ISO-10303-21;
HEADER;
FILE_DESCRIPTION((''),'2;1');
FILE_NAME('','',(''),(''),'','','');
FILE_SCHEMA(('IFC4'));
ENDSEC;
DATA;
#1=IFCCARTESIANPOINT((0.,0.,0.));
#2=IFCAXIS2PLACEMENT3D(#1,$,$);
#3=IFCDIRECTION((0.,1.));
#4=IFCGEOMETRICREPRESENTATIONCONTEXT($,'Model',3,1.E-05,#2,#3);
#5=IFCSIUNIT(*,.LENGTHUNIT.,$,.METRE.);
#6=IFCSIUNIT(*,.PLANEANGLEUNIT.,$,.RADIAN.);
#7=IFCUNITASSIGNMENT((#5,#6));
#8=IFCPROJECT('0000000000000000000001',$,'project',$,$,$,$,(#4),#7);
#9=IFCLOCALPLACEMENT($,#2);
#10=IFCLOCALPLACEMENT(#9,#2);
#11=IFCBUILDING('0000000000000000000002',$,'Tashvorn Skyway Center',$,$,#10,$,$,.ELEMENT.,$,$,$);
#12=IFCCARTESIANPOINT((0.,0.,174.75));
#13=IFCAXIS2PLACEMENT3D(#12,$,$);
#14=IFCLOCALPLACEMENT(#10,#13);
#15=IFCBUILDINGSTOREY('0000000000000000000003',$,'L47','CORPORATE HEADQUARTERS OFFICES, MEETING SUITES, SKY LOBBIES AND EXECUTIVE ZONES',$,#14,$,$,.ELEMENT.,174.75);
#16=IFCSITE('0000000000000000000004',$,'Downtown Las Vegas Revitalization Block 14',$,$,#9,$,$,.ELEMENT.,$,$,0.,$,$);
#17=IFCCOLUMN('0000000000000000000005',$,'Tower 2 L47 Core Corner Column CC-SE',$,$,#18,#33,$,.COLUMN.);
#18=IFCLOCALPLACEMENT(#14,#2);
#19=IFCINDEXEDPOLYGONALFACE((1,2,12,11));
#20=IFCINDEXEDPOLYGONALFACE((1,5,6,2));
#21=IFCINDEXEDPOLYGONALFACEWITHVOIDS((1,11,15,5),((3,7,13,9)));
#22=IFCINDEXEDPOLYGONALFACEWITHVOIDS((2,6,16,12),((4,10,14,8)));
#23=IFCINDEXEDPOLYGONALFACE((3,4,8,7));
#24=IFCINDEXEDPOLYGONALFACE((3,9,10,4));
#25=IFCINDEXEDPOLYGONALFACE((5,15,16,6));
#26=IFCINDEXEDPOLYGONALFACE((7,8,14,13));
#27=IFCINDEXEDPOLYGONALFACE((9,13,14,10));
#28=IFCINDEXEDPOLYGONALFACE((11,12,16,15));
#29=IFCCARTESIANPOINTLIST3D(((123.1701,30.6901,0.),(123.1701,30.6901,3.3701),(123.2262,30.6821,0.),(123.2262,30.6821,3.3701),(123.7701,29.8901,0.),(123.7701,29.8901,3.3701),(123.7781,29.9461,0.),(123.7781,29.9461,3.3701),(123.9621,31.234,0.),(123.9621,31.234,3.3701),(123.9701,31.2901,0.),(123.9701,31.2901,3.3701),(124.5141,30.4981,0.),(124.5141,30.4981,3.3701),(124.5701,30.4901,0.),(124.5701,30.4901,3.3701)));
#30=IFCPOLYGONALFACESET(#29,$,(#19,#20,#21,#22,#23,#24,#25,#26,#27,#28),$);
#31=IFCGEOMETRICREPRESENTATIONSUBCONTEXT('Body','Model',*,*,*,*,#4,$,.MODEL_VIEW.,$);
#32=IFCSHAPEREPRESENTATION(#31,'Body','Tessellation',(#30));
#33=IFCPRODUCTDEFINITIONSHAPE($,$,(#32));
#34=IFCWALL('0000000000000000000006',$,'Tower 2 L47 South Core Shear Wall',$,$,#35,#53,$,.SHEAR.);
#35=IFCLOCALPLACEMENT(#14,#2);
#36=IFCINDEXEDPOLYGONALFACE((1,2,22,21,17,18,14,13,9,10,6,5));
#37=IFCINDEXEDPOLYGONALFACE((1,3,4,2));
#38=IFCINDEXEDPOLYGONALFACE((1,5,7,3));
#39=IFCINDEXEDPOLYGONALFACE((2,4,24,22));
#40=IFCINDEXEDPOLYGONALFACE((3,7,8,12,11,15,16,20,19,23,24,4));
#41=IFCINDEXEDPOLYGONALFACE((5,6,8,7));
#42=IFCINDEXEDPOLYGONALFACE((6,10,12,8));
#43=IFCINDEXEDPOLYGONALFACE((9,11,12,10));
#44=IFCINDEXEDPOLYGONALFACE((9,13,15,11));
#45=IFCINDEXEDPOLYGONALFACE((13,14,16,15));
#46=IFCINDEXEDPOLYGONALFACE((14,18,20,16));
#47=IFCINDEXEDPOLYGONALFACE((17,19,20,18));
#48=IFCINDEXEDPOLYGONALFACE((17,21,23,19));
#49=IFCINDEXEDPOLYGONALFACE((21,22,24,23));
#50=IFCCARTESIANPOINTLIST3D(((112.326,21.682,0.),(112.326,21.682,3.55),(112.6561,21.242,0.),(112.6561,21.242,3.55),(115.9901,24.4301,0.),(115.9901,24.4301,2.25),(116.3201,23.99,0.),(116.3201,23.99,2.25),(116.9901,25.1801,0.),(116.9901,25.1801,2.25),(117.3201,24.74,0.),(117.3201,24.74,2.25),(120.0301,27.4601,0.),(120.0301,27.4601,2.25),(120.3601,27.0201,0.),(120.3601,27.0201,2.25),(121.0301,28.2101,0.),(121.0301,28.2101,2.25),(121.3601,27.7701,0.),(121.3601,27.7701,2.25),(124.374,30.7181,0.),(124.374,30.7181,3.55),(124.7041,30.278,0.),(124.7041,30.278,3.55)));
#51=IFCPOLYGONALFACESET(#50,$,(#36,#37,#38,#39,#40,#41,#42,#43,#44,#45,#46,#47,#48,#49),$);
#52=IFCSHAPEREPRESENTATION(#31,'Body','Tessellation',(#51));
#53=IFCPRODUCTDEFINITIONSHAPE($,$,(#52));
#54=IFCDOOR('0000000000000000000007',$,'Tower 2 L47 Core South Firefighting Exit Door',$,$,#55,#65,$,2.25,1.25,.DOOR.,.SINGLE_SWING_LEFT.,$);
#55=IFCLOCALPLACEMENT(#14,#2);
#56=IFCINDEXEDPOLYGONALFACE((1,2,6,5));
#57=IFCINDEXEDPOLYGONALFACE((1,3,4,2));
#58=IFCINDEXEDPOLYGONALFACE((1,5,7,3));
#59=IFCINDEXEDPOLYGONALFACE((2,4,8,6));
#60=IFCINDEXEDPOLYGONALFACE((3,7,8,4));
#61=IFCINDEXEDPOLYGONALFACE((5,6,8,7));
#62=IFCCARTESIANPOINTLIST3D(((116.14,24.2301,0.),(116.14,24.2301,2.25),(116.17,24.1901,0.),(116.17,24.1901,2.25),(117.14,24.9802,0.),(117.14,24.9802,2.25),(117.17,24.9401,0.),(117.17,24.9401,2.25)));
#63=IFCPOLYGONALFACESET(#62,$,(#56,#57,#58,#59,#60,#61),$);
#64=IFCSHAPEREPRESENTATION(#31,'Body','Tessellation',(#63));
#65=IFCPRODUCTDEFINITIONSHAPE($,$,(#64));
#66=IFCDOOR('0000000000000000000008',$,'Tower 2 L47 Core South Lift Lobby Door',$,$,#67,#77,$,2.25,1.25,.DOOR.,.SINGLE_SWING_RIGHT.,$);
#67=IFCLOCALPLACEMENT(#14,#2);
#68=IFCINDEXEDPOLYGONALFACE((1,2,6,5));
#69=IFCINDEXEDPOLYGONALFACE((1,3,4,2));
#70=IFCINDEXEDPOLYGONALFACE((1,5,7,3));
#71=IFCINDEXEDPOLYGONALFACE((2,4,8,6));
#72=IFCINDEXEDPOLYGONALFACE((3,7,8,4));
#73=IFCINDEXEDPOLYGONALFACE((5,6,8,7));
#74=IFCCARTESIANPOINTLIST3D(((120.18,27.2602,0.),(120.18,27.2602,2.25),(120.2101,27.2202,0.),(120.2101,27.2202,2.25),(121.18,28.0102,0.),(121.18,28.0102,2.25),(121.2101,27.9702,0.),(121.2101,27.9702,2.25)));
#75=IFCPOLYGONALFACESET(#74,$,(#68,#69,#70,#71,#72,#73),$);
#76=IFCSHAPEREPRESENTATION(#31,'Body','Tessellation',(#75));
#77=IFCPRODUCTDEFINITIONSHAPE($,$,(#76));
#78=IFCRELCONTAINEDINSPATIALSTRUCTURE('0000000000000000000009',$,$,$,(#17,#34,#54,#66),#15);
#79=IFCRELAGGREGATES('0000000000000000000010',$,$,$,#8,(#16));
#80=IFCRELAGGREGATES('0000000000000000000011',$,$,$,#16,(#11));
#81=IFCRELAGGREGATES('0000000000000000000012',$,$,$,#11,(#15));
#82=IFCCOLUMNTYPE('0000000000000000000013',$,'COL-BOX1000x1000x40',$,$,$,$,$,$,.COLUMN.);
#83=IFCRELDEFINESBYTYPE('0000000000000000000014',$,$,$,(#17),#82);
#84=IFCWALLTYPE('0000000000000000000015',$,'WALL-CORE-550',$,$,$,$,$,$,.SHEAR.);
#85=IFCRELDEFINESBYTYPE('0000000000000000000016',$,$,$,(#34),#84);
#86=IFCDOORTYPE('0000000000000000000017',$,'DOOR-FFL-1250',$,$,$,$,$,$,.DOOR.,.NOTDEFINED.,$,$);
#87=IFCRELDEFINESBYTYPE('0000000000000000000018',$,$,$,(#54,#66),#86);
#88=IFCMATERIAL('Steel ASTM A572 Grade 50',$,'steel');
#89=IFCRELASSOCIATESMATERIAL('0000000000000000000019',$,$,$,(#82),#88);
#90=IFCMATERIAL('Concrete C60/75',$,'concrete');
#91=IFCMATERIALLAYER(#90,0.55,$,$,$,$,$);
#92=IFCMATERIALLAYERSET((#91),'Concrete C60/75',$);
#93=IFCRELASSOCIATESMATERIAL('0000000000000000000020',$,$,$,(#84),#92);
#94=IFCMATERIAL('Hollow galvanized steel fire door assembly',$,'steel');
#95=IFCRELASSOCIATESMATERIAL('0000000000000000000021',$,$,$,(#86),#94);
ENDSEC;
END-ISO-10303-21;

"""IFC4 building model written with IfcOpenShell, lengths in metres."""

from ifc_helpers import new_model, si_unit, direction, frame, frame_2d, origin, origin_2d, place, context, subcontext, project, spatial, rectangle, hollow_rectangle, extrude, material, layer, layer_set, material_profile, profile_set, type_object, element, fill, save


model = new_model("IFC4")

# Units and contexts
model_context = context("Model", 3, precision=1e-05, world=origin(), true_north=direction((0.0, 1.0)))
body_context = subcontext(model_context, "Body", "Model", "MODEL_VIEW")
ifc_project = project(units=[si_unit("LENGTHUNIT", "METRE"), si_unit("PLANEANGLEUNIT", "RADIAN")], contexts=[model_context])

# Site, building, storey
site_placement = place(None, origin())
site = spatial("IfcSite", under=ifc_project, at=site_placement, Name="Downtown Las Vegas Revitalization Block 14", CompositionType="ELEMENT", RefElevation=0.0)
building_placement = place(site_placement, origin())
building = spatial("IfcBuilding", under=site, at=building_placement, Name="Tashvorn Skyway Center", CompositionType="ELEMENT")
storey_placement = place(building_placement, frame((0.0, 0.0, 174.75)))
storey = spatial("IfcBuildingStorey", under=building, at=storey_placement, Name="L47", Description="CORPORATE HEADQUARTERS OFFICES, MEETING SUITES, SKY LOBBIES AND EXECUTIVE ZONES", CompositionType="ELEMENT", Elevation=174.75)

# Column
ifc_material_1 = material(Name="Steel ASTM A572 Grade 50", Category="steel")
ifc_material_profile = material_profile(ifc_material_1, hollow_rectangle(XDim=1.0, YDim=1.0, WallThickness=0.04, at=origin_2d()), Name="BOX1000x1000x40")
ifc_profile_set = profile_set([ifc_material_profile], Name="Steel ASTM A572 Grade 50")
column_type = type_object("IfcColumnType", Name="COL-BOX1000x1000x40", PredefinedType="COLUMN", material=ifc_profile_set)
column_placement = place(storey_placement, frame((123.8701, 30.5901, 0.0), z_axis=(0.0, 0.0, 1.0), x_axis=(0.8, 0.6, 0.0)))
element("IfcColumn", 1, at=column_placement, inside=storey, type_object=column_type, Name="Tower 2 L47 Core Corner Column CC-SE", PredefinedType="COLUMN", context=body_context, shape_type="SweptSolid", body=[
    extrude(hollow_rectangle(XDim=1.0, YDim=1.0, WallThickness=0.04, at=origin_2d()), origin(), (0.0, 0.0, 1.0), 3.3701),
])

# Wall, openings, doors
ifc_material_2 = material(Name="Concrete C60/75", Category="concrete")
ifc_layer_1 = layer(ifc_material_2, 0.55)
ifc_layer_set_1 = layer_set([ifc_layer_1], Name="Concrete C60/75")
wall_type_1 = type_object("IfcWallType", Name="WALL-CORE-550", PredefinedType="SHEAR", material=ifc_layer_set_1)
wall_1_placement = place(storey_placement, frame((124.5391, 30.498, 0.0), z_axis=(0.0, 0.0, 1.0), x_axis=(-0.799998, -0.600003, 0.0)))
wall_1 = element("IfcWall", 2, at=wall_1_placement, inside=storey, type_object=wall_type_1, Name="Tower 2 L47 South Core Shear Wall", PredefinedType="SHEAR", context=body_context, shape_type="SweptSolid", body=[
    extrude(rectangle(XDim=15.0601, YDim=0.55, at=frame_2d((7.53, 0.0))), origin(), (0.0, 0.0, 1.0), 3.55),
])
opening_1_placement = place(wall_1_placement, frame((9.23, 0.0, 0.0)))
opening_1 = element("IfcOpeningElement", 3, at=opening_1_placement, cuts=wall_1, PredefinedType="OPENING", context=body_context, shape_type="SweptSolid", body=[
    extrude(rectangle(XDim=1.25, YDim=2.25, at=frame_2d((0.625, 1.125))), frame((0.0, 0.2849, 0.0), z_axis=(0.0, -1.0, 0.0), x_axis=(1.0, 0.0, 0.0)), (0.0, 0.0, 1.0), 0.5701),
])
opening_2_placement = place(wall_1_placement, frame((4.1799, 0.0, 0.0)))
opening_2 = element("IfcOpeningElement", 4, at=opening_2_placement, cuts=wall_1, PredefinedType="OPENING", context=body_context, shape_type="SweptSolid", body=[
    extrude(rectangle(XDim=1.25, YDim=2.25, at=frame_2d((0.625, 1.125))), frame((0.0, 0.2849, 0.0), z_axis=(0.0, -1.0, 0.0), x_axis=(1.0, 0.0, 0.0)), (0.0, 0.0, 1.0), 0.5701),
])
ifc_material_3 = material(Name="Hollow galvanized steel fire door assembly", Category="steel")
door_type_1 = type_object("IfcDoorType", Name="DOOR-FFL-1250", OperationType="NOTDEFINED", PredefinedType="DOOR", material=ifc_material_3)
door_1_placement = place(opening_1_placement, origin())
door_1 = element("IfcDoor", 5, at=door_1_placement, inside=storey, type_object=door_type_1, Name="Tower 2 L47 Core South Firefighting Exit Door", OperationType="SINGLE_SWING_LEFT", OverallHeight=2.25, OverallWidth=1.25, PredefinedType="DOOR", context=body_context, shape_type="SweptSolid", body=[
    extrude(rectangle(XDim=1.25, YDim=2.25, at=frame_2d((0.625, 1.125))), frame((0.0, 0.0249, 0.0), z_axis=(0.0, -1.0, 0.0), x_axis=(1.0, 0.0, 0.0)), (0.0, 0.0, 1.0), 0.05),
])
fill(opening_1, door_1)
door_2_placement = place(opening_2_placement, origin())
door_2 = element("IfcDoor", 6, at=door_2_placement, inside=storey, type_object=door_type_1, Name="Tower 2 L47 Core South Lift Lobby Door", OperationType="SINGLE_SWING_RIGHT", OverallHeight=2.25, OverallWidth=1.25, PredefinedType="DOOR", context=body_context, shape_type="SweptSolid", body=[
    extrude(rectangle(XDim=1.25, YDim=2.25, at=frame_2d((0.625, 1.125))), frame((0.0, 0.0249, 0.0), z_axis=(0.0, -1.0, 0.0), x_axis=(1.0, 0.0, 0.0)), (0.0, 0.0, 1.0), 0.05),
])
fill(opening_2, door_2)

save(model, "model.ifc")
